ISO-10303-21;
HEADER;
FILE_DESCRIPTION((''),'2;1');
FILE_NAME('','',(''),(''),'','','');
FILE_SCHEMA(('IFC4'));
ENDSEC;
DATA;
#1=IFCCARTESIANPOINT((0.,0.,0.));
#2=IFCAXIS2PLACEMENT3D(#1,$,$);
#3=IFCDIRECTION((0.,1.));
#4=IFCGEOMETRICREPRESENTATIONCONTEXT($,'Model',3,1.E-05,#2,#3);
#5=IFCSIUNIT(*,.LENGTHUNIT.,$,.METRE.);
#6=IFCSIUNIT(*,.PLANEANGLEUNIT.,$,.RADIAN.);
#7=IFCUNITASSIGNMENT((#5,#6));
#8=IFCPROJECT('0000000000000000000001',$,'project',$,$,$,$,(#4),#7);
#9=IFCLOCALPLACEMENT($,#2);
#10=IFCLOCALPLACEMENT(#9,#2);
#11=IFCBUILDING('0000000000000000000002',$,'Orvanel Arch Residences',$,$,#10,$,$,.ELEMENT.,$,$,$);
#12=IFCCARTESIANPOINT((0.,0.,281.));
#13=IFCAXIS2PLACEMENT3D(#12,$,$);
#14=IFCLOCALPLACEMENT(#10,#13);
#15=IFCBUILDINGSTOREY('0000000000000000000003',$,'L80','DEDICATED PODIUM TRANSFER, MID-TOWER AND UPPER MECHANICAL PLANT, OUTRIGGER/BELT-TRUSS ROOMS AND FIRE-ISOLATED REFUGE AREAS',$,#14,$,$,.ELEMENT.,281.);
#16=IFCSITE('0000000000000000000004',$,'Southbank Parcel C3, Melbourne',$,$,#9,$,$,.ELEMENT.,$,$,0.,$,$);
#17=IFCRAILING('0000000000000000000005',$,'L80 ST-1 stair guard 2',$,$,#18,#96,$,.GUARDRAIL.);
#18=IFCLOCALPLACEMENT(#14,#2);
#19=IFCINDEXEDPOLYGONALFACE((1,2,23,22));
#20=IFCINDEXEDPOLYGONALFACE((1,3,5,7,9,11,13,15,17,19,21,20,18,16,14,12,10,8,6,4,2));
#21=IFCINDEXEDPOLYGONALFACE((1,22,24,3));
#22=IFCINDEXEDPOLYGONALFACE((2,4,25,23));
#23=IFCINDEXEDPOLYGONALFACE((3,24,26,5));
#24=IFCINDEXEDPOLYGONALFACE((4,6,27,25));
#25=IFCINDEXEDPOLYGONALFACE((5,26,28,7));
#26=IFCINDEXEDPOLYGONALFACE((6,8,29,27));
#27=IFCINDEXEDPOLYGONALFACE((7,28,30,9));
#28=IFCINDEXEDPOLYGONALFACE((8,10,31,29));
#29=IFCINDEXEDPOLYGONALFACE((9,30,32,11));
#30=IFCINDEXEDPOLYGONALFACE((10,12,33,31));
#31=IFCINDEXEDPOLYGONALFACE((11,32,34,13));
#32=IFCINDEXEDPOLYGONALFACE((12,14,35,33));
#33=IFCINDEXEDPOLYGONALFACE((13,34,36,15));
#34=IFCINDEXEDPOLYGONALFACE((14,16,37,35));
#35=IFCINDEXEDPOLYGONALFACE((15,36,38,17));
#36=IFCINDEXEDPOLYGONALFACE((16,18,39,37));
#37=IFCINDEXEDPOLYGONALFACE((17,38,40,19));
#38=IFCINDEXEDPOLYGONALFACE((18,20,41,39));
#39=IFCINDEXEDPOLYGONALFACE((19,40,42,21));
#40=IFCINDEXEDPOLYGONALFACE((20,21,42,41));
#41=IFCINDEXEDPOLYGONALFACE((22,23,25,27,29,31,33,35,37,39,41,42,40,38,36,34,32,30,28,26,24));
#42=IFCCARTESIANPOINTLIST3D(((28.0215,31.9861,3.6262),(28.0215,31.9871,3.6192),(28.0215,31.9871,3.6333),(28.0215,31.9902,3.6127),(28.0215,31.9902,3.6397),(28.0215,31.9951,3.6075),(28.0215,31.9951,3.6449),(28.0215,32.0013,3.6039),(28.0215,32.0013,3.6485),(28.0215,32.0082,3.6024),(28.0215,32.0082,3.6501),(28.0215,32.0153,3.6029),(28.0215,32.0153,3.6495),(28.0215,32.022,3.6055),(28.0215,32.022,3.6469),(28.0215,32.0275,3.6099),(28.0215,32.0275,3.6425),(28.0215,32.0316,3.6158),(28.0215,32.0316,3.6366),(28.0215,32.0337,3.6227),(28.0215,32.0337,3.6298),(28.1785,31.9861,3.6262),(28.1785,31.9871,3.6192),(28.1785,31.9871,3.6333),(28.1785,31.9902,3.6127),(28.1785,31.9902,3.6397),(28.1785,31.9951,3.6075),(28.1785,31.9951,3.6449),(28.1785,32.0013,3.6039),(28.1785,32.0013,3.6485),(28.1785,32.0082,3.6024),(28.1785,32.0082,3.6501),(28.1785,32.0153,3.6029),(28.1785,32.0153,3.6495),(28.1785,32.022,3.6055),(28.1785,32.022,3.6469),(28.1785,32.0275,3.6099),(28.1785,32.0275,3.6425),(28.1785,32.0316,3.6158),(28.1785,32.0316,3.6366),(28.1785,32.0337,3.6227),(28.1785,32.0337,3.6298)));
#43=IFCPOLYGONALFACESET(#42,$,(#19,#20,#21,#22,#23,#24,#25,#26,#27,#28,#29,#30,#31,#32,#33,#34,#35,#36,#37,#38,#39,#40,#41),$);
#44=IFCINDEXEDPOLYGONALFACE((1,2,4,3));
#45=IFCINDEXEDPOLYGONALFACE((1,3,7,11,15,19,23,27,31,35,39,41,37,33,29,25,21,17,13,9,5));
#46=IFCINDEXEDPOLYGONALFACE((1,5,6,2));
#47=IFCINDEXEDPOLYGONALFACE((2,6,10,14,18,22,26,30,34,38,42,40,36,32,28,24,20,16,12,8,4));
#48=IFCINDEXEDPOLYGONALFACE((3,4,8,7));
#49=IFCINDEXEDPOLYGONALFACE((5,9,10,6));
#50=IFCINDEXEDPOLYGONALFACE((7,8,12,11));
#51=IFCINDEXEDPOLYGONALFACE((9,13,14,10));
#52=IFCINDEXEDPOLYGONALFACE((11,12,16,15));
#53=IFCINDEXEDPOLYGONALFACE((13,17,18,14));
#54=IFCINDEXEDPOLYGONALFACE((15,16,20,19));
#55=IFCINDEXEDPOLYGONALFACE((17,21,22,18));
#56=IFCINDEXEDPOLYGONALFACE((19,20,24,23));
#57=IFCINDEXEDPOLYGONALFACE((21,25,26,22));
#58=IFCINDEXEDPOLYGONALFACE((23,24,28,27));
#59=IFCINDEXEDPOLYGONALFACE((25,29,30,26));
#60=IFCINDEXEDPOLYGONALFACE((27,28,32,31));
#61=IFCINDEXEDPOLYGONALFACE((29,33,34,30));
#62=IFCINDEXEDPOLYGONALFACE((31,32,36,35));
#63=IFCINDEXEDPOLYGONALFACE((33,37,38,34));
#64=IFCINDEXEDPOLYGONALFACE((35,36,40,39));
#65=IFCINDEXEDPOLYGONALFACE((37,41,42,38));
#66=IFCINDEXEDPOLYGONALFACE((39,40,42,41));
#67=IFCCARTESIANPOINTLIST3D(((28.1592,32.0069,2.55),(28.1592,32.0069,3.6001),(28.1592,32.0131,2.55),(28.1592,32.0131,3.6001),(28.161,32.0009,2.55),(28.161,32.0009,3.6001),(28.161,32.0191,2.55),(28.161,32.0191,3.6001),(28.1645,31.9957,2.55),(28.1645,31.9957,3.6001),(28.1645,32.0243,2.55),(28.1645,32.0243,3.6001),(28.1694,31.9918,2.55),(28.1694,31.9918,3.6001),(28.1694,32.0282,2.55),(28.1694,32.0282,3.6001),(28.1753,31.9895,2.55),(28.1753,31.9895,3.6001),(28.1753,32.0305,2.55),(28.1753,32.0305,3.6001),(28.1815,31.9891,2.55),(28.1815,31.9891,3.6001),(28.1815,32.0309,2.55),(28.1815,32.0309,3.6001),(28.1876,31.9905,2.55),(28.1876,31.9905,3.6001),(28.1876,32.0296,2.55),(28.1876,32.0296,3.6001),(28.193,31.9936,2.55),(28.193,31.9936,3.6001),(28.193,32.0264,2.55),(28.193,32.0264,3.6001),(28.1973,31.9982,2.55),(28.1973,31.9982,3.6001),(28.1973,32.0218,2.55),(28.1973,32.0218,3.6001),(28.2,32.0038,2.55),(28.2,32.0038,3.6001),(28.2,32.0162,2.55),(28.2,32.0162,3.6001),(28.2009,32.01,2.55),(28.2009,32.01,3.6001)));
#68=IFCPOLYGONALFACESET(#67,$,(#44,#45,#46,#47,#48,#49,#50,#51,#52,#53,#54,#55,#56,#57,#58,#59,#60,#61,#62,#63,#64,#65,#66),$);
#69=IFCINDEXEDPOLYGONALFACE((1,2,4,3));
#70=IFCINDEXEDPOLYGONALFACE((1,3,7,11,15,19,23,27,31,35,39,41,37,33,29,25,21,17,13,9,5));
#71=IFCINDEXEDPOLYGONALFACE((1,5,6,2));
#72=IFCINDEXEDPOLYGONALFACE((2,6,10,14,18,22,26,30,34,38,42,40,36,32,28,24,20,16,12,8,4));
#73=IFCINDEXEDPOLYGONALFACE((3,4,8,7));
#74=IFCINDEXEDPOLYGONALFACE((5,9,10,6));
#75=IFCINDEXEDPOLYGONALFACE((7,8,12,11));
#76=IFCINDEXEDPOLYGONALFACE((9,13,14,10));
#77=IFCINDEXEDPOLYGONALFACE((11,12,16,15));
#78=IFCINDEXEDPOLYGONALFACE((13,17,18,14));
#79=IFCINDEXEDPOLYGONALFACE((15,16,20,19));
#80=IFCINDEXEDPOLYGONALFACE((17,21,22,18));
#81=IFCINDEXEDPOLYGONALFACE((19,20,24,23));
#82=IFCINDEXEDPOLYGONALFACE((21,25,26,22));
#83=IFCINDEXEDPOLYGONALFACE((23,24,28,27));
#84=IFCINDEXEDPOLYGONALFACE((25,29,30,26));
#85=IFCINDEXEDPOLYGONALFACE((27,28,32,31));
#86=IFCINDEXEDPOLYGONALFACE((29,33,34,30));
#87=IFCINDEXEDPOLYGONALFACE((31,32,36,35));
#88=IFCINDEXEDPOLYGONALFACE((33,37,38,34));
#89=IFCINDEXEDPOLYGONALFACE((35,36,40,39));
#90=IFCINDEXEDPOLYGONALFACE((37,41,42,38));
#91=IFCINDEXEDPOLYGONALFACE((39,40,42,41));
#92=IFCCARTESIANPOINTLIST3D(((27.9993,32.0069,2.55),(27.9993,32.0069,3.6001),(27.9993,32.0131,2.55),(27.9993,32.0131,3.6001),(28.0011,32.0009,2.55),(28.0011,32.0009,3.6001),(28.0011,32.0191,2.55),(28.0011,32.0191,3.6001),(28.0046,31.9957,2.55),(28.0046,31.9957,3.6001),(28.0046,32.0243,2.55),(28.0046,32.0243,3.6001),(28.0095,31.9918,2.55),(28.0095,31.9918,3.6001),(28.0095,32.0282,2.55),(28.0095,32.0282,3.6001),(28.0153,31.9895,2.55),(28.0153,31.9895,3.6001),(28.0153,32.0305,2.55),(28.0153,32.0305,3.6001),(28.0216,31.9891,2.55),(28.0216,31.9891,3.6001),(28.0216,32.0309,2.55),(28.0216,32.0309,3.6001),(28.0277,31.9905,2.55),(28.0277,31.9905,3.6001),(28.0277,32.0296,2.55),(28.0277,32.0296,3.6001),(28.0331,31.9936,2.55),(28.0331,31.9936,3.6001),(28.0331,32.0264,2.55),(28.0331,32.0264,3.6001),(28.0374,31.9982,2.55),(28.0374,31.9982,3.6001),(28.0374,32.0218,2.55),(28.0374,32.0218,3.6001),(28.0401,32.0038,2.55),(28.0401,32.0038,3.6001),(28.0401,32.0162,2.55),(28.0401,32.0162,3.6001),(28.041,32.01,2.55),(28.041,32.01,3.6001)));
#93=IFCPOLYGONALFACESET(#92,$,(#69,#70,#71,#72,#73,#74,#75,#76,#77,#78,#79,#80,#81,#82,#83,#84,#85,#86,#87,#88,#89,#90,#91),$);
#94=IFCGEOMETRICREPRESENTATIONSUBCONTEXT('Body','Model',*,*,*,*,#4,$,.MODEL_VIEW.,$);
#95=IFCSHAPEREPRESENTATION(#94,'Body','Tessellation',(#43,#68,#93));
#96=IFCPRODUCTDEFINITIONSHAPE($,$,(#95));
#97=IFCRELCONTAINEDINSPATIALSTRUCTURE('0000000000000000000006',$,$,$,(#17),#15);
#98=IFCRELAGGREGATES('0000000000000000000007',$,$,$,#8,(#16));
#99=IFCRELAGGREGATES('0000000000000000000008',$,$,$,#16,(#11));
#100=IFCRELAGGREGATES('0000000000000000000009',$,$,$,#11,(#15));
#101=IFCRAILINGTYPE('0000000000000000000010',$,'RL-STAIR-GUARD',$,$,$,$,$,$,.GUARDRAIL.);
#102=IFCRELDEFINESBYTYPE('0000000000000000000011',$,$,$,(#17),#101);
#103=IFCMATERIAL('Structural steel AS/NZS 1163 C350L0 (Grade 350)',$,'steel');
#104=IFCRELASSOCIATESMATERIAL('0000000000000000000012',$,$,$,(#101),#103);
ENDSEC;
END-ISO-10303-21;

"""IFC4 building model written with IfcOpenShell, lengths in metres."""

from ifc_helpers import new_model, si_unit, direction, frame, origin, origin_2d, place, context, subcontext, project, spatial, circle, extrude, material, type_object, element, save


model = new_model("IFC4")

# Units and contexts
model_context = context("Model", 3, precision=1e-05, world=origin(), true_north=direction((0.0, 1.0)))
body_context = subcontext(model_context, "Body", "Model", "MODEL_VIEW")
ifc_project = project(units=[si_unit("LENGTHUNIT", "METRE"), si_unit("PLANEANGLEUNIT", "RADIAN")], contexts=[model_context])

# Site, building, storey
site_placement = place(None, origin())
site = spatial("IfcSite", under=ifc_project, at=site_placement, Name="Southbank Parcel C3, Melbourne", CompositionType="ELEMENT", RefElevation=0.0)
building_placement = place(site_placement, origin())
building = spatial("IfcBuilding", under=site, at=building_placement, Name="Orvanel Arch Residences", CompositionType="ELEMENT")
storey_placement = place(building_placement, frame((0.0, 0.0, 281.0)))
storey = spatial("IfcBuildingStorey", under=building, at=storey_placement, Name="L80", Description="DEDICATED PODIUM TRANSFER, MID-TOWER AND UPPER MECHANICAL PLANT, OUTRIGGER/BELT-TRUSS ROOMS AND FIRE-ISOLATED REFUGE AREAS", CompositionType="ELEMENT", Elevation=281.0)

# Shared definitions
ifc_material_1 = material(Name="Structural steel AS/NZS 1163 C350L0 (Grade 350)", Category="steel")

# Railing
railing_type = type_object("IfcRailingType", Name="RL-STAIR-GUARD", PredefinedType="GUARDRAIL", material=ifc_material_1)
railing_1_placement = place(storey_placement, frame((28.1799, 32.01, 2.55)))
element("IfcRailing", 1, at=railing_1_placement, inside=storey, type_object=railing_type, Name="L80 ST-1 stair guard 2", PredefinedType="GUARDRAIL", context=body_context, shape_type="SweptSolid", body=[
    extrude(circle(Radius=0.0239, at=origin_2d()), frame((-0.0015, 0.0, 1.0762), z_axis=(-1.0, 0.0, 0.0), x_axis=(0.0, -1.0, 0.0)), (0.0, 0.0, 1.0), 0.157),
    extrude(circle(Radius=0.021, at=origin_2d()), origin(), (0.0, 0.0, 1.0), 1.05),
    extrude(circle(Radius=0.021, at=origin_2d()), frame((-0.1599, 0.0, 0.0)), (0.0, 0.0, 1.0), 1.05),
])

save(model, "model.ifc")
